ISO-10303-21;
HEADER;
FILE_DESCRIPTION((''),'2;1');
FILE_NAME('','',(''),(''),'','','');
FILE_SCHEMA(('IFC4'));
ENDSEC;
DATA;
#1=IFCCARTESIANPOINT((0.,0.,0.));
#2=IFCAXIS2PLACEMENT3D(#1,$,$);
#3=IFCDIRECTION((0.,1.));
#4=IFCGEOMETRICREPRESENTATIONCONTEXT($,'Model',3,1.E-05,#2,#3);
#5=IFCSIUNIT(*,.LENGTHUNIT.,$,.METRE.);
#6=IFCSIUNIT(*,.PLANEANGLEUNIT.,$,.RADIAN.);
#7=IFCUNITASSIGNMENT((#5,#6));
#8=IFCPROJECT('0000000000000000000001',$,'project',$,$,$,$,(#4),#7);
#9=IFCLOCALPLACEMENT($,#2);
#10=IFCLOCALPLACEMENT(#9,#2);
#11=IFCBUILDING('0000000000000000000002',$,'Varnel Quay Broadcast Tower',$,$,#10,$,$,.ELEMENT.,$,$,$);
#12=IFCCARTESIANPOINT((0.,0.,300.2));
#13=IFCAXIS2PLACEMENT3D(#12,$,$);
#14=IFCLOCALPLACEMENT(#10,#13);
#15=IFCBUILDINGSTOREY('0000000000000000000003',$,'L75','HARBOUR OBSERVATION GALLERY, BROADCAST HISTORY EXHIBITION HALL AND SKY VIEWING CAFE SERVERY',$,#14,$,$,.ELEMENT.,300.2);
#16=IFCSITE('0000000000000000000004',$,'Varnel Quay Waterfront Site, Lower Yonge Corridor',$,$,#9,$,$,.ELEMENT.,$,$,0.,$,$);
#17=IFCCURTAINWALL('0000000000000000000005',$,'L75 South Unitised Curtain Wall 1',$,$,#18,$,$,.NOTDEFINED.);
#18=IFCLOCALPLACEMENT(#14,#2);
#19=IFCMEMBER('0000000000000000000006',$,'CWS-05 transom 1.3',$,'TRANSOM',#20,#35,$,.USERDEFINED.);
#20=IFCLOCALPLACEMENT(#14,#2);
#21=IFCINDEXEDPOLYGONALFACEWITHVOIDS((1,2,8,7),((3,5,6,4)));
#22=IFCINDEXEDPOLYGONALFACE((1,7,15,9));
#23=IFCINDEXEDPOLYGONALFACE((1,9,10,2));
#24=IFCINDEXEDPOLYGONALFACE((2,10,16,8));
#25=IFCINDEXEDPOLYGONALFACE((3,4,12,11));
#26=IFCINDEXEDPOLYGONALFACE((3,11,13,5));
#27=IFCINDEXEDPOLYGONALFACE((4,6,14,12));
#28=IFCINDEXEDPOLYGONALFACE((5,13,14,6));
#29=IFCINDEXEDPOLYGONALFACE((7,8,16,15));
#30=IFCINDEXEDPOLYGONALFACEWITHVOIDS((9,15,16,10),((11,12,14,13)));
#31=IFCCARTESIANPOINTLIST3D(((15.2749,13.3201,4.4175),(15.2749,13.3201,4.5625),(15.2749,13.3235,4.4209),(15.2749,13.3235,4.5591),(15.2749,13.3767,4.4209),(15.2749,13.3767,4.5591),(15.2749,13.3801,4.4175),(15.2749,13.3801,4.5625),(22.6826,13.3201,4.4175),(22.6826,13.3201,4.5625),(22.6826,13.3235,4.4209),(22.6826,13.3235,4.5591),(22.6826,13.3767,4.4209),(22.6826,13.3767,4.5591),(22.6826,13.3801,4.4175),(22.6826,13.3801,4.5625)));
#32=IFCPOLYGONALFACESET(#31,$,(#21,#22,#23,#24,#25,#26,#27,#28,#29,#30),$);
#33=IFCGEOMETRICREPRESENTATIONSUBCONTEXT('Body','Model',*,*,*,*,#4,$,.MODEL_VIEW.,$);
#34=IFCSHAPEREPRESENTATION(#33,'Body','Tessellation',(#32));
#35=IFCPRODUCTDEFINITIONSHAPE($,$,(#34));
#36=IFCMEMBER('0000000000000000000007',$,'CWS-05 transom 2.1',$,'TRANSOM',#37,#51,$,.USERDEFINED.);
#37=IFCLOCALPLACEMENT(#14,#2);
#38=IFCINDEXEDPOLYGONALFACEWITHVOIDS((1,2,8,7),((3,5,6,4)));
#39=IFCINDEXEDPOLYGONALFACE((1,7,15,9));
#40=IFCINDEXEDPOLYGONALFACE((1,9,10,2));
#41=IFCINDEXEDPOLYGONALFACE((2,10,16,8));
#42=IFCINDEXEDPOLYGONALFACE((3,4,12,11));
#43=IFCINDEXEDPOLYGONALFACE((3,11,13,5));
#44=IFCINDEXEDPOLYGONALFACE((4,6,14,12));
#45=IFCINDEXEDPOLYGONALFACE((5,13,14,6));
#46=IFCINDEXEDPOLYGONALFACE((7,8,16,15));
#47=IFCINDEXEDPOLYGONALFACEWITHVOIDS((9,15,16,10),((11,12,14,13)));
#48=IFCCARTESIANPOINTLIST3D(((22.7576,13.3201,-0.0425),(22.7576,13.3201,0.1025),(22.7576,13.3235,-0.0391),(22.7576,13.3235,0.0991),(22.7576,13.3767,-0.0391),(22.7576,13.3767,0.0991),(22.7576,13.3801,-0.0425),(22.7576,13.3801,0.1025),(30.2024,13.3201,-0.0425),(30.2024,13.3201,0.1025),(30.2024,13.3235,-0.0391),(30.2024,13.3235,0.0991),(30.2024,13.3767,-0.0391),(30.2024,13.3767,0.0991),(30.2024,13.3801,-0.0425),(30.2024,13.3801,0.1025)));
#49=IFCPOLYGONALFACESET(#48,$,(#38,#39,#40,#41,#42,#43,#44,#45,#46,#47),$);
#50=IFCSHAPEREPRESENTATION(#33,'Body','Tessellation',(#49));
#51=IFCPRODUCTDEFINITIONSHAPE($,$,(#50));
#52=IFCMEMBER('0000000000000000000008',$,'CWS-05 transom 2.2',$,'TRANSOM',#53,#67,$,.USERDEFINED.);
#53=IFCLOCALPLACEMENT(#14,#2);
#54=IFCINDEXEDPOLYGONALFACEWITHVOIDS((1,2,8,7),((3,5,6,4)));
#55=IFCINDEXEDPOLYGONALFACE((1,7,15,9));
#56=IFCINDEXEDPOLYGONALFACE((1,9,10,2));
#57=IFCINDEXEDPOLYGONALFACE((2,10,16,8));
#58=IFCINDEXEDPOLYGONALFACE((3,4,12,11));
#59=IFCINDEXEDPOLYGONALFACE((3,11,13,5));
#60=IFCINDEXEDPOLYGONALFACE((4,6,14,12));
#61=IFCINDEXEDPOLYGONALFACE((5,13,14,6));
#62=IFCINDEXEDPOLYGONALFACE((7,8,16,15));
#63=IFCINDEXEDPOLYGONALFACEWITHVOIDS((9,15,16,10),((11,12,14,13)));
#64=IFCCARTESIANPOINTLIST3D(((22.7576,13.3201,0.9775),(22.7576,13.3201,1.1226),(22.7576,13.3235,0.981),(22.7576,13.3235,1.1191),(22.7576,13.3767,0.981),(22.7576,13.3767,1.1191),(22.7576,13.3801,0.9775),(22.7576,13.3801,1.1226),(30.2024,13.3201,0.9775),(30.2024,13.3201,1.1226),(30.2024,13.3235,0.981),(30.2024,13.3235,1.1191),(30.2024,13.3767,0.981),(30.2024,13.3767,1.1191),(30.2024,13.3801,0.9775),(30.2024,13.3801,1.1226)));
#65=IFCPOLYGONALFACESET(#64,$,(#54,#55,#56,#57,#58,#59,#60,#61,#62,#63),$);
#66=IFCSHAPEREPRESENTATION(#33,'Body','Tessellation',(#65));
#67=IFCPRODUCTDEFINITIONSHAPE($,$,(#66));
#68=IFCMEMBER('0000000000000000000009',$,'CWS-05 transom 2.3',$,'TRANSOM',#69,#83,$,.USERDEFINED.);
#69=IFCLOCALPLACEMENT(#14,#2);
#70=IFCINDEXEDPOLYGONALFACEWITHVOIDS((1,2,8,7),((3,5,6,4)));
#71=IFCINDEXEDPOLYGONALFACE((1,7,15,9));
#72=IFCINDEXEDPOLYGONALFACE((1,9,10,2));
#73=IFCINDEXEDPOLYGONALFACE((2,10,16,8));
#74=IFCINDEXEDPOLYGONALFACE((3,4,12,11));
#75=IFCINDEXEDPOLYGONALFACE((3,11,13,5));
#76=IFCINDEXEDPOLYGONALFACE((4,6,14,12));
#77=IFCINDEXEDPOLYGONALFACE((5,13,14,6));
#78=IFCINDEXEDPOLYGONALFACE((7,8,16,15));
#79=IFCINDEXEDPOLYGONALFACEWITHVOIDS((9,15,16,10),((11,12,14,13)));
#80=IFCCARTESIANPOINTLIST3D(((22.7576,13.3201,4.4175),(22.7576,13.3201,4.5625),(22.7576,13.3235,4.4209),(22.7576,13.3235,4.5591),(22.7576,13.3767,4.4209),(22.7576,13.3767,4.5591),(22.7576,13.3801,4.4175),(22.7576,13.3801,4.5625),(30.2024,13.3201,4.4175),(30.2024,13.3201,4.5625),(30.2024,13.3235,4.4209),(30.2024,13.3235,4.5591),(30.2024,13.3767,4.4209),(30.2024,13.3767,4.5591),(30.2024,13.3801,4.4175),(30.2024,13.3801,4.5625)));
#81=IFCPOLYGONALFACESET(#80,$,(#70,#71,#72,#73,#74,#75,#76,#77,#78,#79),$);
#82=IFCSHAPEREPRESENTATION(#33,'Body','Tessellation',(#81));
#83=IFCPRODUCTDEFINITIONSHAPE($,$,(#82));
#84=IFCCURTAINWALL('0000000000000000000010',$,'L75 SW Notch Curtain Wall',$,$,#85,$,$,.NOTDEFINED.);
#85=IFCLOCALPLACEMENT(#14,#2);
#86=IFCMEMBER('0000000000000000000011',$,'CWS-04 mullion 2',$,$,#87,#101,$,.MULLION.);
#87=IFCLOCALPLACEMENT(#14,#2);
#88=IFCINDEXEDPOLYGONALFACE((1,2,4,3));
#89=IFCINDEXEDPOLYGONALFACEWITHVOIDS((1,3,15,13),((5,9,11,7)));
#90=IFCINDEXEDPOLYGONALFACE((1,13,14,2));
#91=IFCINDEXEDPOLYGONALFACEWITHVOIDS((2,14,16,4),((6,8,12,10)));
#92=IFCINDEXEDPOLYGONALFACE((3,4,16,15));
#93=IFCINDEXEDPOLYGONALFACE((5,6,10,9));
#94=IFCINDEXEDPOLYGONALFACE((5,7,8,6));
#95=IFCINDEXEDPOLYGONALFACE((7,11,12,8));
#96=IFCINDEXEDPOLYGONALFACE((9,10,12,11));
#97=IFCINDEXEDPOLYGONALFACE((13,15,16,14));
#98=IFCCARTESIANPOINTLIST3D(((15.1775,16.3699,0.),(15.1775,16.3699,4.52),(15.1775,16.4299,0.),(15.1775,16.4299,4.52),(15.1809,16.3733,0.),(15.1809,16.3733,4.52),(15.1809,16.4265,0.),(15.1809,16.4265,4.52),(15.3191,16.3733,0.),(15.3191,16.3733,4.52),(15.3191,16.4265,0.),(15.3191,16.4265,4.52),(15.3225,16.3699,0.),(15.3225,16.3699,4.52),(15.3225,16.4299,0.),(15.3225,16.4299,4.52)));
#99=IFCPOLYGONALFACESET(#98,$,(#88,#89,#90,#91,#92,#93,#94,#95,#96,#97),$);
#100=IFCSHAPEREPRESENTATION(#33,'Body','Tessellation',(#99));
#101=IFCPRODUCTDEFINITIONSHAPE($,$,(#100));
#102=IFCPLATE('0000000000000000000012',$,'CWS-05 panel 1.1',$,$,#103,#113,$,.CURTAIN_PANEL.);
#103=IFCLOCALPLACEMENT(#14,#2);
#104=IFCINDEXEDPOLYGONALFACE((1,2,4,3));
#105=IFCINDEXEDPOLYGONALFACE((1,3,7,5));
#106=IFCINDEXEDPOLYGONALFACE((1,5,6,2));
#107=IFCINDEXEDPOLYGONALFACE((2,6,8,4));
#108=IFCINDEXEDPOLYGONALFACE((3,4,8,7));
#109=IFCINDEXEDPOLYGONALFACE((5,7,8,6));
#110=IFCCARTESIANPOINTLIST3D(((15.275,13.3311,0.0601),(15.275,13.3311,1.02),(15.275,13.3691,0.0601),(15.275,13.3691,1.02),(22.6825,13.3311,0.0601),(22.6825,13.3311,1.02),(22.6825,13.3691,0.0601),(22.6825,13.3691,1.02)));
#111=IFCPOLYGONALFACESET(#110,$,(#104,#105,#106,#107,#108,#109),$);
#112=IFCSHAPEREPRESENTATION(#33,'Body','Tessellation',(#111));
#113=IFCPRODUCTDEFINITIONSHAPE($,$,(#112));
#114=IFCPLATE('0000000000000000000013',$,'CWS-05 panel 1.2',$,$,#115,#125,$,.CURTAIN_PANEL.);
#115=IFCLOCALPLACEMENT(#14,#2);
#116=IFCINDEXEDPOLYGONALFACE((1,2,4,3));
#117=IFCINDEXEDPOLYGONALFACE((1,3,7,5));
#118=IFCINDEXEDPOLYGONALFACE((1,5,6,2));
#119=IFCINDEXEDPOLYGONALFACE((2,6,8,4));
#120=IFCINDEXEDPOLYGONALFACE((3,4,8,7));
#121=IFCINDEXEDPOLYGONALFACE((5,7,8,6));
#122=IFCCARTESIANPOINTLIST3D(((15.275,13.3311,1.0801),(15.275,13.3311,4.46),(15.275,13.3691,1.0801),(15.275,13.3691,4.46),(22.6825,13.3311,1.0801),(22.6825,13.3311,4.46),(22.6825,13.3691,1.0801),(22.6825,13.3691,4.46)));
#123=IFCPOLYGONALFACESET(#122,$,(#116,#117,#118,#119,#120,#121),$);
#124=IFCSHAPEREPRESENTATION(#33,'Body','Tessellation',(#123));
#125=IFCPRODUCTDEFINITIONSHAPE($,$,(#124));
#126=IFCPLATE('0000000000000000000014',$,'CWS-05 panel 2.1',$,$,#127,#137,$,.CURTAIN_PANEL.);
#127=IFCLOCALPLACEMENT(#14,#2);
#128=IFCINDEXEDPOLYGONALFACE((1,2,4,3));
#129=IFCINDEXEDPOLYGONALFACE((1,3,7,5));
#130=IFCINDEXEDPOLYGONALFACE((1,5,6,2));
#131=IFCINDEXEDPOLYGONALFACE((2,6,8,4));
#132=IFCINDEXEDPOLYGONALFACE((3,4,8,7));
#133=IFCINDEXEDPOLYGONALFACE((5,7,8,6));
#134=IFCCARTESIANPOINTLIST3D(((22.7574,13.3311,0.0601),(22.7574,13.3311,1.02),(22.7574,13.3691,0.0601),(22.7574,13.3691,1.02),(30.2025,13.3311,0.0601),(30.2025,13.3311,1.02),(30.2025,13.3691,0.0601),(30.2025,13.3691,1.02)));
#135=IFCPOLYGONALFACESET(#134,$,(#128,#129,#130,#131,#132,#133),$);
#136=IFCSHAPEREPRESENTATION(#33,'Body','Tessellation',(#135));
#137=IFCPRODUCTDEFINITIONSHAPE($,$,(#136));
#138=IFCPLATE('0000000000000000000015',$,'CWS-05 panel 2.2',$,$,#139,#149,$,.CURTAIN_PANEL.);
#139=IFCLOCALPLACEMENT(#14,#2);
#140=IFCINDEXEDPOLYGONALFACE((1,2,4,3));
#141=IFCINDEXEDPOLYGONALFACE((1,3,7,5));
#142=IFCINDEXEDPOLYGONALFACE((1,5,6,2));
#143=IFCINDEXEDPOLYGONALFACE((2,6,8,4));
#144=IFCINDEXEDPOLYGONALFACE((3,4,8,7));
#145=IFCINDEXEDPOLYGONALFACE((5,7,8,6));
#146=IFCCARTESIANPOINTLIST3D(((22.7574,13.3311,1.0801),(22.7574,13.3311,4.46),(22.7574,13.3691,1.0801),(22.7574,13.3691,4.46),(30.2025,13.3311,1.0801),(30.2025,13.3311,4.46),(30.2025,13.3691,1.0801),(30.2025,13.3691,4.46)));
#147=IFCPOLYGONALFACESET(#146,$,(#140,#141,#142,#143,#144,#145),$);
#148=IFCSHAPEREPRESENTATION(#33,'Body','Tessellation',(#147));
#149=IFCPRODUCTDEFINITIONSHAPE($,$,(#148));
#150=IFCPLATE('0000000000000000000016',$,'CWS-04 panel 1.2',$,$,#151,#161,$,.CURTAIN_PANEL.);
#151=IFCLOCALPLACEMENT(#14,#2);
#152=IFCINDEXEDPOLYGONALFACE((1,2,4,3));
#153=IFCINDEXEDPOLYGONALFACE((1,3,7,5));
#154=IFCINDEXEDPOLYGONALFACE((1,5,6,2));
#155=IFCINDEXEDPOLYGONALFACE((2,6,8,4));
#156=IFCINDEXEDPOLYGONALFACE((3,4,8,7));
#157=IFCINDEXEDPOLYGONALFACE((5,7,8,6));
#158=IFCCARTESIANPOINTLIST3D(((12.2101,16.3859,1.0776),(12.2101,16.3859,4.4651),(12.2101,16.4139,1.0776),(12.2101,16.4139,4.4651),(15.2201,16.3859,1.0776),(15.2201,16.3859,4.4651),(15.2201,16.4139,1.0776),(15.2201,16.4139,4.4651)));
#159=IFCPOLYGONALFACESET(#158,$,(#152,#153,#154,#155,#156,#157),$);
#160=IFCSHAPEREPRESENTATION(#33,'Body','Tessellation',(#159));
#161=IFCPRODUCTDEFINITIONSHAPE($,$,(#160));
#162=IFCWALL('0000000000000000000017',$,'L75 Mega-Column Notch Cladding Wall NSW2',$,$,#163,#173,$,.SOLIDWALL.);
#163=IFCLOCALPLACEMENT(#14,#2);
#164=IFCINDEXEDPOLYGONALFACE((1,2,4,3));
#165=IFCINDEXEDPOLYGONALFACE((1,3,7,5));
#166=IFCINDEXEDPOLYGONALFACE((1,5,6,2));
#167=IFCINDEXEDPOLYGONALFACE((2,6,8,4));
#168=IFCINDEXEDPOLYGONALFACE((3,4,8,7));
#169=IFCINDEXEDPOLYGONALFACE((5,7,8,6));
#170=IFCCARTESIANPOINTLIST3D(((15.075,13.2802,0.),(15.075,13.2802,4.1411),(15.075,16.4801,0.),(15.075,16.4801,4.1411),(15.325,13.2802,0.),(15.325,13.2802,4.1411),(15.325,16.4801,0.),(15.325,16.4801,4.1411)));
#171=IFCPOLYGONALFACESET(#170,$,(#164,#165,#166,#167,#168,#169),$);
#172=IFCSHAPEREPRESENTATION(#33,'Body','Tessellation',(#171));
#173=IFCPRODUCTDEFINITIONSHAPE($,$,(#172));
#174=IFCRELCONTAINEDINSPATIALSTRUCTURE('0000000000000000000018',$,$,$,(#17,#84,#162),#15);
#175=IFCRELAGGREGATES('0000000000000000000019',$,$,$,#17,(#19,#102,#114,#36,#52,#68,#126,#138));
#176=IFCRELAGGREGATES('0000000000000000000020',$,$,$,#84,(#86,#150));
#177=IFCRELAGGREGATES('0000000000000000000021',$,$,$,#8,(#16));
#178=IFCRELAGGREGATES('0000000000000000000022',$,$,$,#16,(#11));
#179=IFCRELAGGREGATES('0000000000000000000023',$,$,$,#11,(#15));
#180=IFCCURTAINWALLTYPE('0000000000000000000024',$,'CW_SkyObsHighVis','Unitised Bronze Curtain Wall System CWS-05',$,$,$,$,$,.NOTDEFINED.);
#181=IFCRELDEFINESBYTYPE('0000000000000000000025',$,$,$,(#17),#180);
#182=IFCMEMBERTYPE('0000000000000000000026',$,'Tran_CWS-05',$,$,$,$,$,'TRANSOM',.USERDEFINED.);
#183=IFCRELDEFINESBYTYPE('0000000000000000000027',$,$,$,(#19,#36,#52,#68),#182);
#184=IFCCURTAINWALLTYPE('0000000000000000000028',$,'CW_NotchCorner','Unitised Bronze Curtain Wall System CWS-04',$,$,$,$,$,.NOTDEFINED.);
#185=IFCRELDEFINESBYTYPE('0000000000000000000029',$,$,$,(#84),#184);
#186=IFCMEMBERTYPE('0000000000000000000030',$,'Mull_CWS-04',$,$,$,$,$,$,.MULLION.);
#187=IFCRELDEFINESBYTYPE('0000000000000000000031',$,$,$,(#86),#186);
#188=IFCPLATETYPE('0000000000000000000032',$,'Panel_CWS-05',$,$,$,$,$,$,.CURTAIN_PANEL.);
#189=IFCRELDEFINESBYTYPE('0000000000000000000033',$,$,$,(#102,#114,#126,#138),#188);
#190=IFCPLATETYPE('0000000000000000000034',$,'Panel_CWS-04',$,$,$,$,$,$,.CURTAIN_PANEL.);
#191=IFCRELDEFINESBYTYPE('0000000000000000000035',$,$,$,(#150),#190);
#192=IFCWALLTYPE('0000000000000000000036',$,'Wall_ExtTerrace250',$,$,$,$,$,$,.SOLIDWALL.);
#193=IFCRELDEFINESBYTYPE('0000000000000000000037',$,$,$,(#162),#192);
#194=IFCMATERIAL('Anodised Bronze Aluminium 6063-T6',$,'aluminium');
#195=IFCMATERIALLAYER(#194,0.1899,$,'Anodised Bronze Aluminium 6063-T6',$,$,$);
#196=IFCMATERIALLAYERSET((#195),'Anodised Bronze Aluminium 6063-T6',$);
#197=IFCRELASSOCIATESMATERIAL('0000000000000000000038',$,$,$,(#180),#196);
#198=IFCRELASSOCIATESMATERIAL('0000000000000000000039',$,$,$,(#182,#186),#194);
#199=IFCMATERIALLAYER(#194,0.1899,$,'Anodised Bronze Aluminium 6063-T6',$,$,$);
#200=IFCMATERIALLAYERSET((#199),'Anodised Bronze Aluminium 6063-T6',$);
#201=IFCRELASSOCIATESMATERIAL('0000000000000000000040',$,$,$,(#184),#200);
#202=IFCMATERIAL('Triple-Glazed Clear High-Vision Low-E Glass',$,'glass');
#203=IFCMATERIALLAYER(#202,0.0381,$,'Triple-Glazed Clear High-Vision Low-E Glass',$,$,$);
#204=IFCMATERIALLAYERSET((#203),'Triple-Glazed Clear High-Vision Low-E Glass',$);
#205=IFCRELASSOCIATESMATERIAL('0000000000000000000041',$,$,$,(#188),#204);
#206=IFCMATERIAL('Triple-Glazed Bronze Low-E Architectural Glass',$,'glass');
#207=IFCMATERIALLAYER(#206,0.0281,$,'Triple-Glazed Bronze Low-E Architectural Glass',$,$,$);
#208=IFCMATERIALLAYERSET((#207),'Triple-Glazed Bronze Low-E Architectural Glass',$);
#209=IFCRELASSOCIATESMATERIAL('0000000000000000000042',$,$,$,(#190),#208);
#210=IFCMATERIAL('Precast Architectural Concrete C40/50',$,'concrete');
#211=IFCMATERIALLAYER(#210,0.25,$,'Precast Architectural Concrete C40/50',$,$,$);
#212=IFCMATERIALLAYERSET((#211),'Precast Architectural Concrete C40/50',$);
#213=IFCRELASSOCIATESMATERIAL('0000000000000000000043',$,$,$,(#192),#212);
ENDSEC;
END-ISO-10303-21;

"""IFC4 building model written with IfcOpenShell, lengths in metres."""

from ifc_helpers import new_model, si_unit, direction, frame, frame_2d, origin, origin_2d, place, context, subcontext, project, spatial, rectangle, hollow_rectangle, extrude, source, transform, mapped, material, layer, layer_set, material_profile, profile_set, type_object, type_shapes, element, aggregate, save


model = new_model("IFC4")

# Units and contexts
model_context = context("Model", 3, precision=1e-05, world=origin(), true_north=direction((0.0, 1.0)))
body_context = subcontext(model_context, "Body", "Model", "MODEL_VIEW")
ifc_project = project(units=[si_unit("LENGTHUNIT", "METRE"), si_unit("PLANEANGLEUNIT", "RADIAN")], contexts=[model_context])

# Site, building, storey
site_placement = place(None, origin())
site = spatial("IfcSite", under=ifc_project, at=site_placement, Name="Varnel Quay Waterfront Site, Lower Yonge Corridor", CompositionType="ELEMENT", RefElevation=0.0)
building_placement = place(site_placement, origin())
building = spatial("IfcBuilding", under=site, at=building_placement, Name="Varnel Quay Broadcast Tower", CompositionType="ELEMENT")
storey_placement = place(building_placement, frame((0.0, 0.0, 300.2)))
storey = spatial("IfcBuildingStorey", under=building, at=storey_placement, Name="L75", Description="HARBOUR OBSERVATION GALLERY, BROADCAST HISTORY EXHIBITION HALL AND SKY VIEWING CAFE SERVERY", CompositionType="ELEMENT", Elevation=300.2)

# Curtain wall, members
ifc_material_1 = material(Name="Anodised Bronze Aluminium 6063-T6", Category="aluminium")
ifc_layer_1 = layer(ifc_material_1, 0.1899, Name="Anodised Bronze Aluminium 6063-T6")
ifc_layer_set_1 = layer_set([ifc_layer_1], Name="Anodised Bronze Aluminium 6063-T6")
curtain_wall_type_1 = type_object("IfcCurtainWallType", Name="CW_SkyObsHighVis", Description="Unitised Bronze Curtain Wall System CWS-05", PredefinedType="NOTDEFINED", material=ifc_layer_set_1)
curtain_wall_1_placement = place(storey_placement, origin())
curtain_wall_1 = element("IfcCurtainWall", 1, at=curtain_wall_1_placement, inside=storey, type_object=curtain_wall_type_1, Name="L75 South Unitised Curtain Wall 1", PredefinedType="NOTDEFINED")
ifc_material_profile_1 = material_profile(ifc_material_1, hollow_rectangle(XDim=0.0601, YDim=0.145, WallThickness=0.0034, at=origin_2d()), Name="ALU60X145X3.5")
ifc_profile_set_1 = profile_set([ifc_material_profile_1], Name="Anodised Bronze Aluminium 6063-T6")
member_type_1 = type_object("IfcMemberType", Name="Tran_CWS-05", ElementType="TRANSOM", PredefinedType="USERDEFINED", material=ifc_profile_set_1)
shared_shape_1 = source(origin(), body_context, "Body", "SweptSolid", [
    extrude(hollow_rectangle(XDim=0.0601, YDim=0.145, WallThickness=0.0034, at=origin_2d()), origin(), (0.0, 0.0, 1.0), 7.4077),
])
member_1_placement = place(storey_placement, frame((15.2749, 13.3501, 4.49), z_axis=(1.0, 0.0, 0.0), x_axis=(0.0, 1.0, 0.0)))
member_1 = element("IfcMember", 2, at=member_1_placement, type_object=member_type_1, Name="CWS-05 transom 1.3", ObjectType="TRANSOM", PredefinedType="USERDEFINED", context=body_context, shape_type="MappedRepresentation", body=[
    mapped(shared_shape_1, transform((0.0, 0.0, 0.0), x_axis=(1.0, 0.0, 0.0), y_axis=(0.0, 1.0, 0.0), z_axis=(0.0, 0.0, 1.0), scale=1.0)),
])
shared_shape_2 = source(origin(), body_context, "Body", "SweptSolid", [
    extrude(hollow_rectangle(XDim=0.0601, YDim=0.145, WallThickness=0.0034, at=origin_2d()), origin(), (0.0, 0.0, 1.0), 7.4448),
])
type_shapes(member_type_1, [shared_shape_1, shared_shape_2])
member_2_placement = place(storey_placement, frame((22.7576, 13.3501, 0.03), z_axis=(1.0, 0.0, 0.0), x_axis=(0.0, 1.0, 0.0)))
member_2 = element("IfcMember", 3, at=member_2_placement, type_object=member_type_1, Name="CWS-05 transom 2.1", ObjectType="TRANSOM", PredefinedType="USERDEFINED", context=body_context, shape_type="MappedRepresentation", body=[
    mapped(shared_shape_2, transform((0.0, 0.0, 0.0), x_axis=(1.0, 0.0, 0.0), y_axis=(0.0, 1.0, 0.0), z_axis=(0.0, 0.0, 1.0), scale=1.0)),
])
member_3_placement = place(storey_placement, frame((22.7576, 13.3501, 1.05), z_axis=(1.0, 0.0, 0.0), x_axis=(0.0, 1.0, 0.0)))
member_3 = element("IfcMember", 4, at=member_3_placement, type_object=member_type_1, Name="CWS-05 transom 2.2", ObjectType="TRANSOM", PredefinedType="USERDEFINED", context=body_context, shape_type="MappedRepresentation", body=[
    mapped(shared_shape_2, transform((0.0, 0.0, 0.0), x_axis=(1.0, 0.0, 0.0), y_axis=(0.0, 1.0, 0.0), z_axis=(0.0, 0.0, 1.0), scale=1.0)),
])
member_4_placement = place(storey_placement, frame((22.7576, 13.3501, 4.49), z_axis=(1.0, 0.0, 0.0), x_axis=(0.0, 1.0, 0.0)))
member_4 = element("IfcMember", 5, at=member_4_placement, type_object=member_type_1, Name="CWS-05 transom 2.3", ObjectType="TRANSOM", PredefinedType="USERDEFINED", context=body_context, shape_type="MappedRepresentation", body=[
    mapped(shared_shape_2, transform((0.0, 0.0, 0.0), x_axis=(1.0, 0.0, 0.0), y_axis=(0.0, 1.0, 0.0), z_axis=(0.0, 0.0, 1.0), scale=1.0)),
])

# Curtain wall, member
ifc_layer_2 = layer(ifc_material_1, 0.1899, Name="Anodised Bronze Aluminium 6063-T6")
ifc_layer_set_2 = layer_set([ifc_layer_2], Name="Anodised Bronze Aluminium 6063-T6")
curtain_wall_type_2 = type_object("IfcCurtainWallType", Name="CW_NotchCorner", Description="Unitised Bronze Curtain Wall System CWS-04", PredefinedType="NOTDEFINED", material=ifc_layer_set_2)
curtain_wall_2_placement = place(storey_placement, origin())
curtain_wall_2 = element("IfcCurtainWall", 6, at=curtain_wall_2_placement, inside=storey, type_object=curtain_wall_type_2, Name="L75 SW Notch Curtain Wall", PredefinedType="NOTDEFINED")
ifc_material_profile_2 = material_profile(ifc_material_1, hollow_rectangle(XDim=0.0601, YDim=0.145, WallThickness=0.0034, at=origin_2d()), Name="ALU60X145X3.5")
ifc_profile_set_2 = profile_set([ifc_material_profile_2], Name="Anodised Bronze Aluminium 6063-T6")
member_type_2 = type_object("IfcMemberType", Name="Mull_CWS-04", PredefinedType="MULLION", material=ifc_profile_set_2)
shared_shape_3 = source(origin(), body_context, "Body", "SweptSolid", [
    extrude(hollow_rectangle(XDim=0.0601, YDim=0.145, WallThickness=0.0034, at=origin_2d()), origin(), (0.0, 0.0, 1.0), 4.52),
])
type_shapes(member_type_2, [shared_shape_3])
member_5_placement = place(storey_placement, frame((15.25, 16.3999, 0.0), z_axis=(0.0, 0.0, 1.0), x_axis=(0.0, 1.0, 0.0)))
member_5 = element("IfcMember", 7, at=member_5_placement, type_object=member_type_2, Name="CWS-04 mullion 2", PredefinedType="MULLION", context=body_context, shape_type="MappedRepresentation", body=[
    mapped(shared_shape_3, transform((0.0, 0.0, 0.0), x_axis=(1.0, 0.0, 0.0), y_axis=(0.0, 1.0, 0.0), z_axis=(0.0, 0.0, 1.0), scale=1.0)),
])

# Plates
ifc_material_2 = material(Name="Triple-Glazed Clear High-Vision Low-E Glass", Category="glass")
ifc_layer_3 = layer(ifc_material_2, 0.0381, Name="Triple-Glazed Clear High-Vision Low-E Glass")
ifc_layer_set_3 = layer_set([ifc_layer_3], Name="Triple-Glazed Clear High-Vision Low-E Glass")
plate_type_1 = type_object("IfcPlateType", Name="Panel_CWS-05", PredefinedType="CURTAIN_PANEL", material=ifc_layer_set_3)
shared_shape_4 = source(origin(), body_context, "Body", "SweptSolid", [
    extrude(rectangle(XDim=7.4075, YDim=0.0381, at=origin_2d()), origin(), (0.0, 0.0, 1.0), 0.96),
])
plate_1_placement = place(storey_placement, frame((18.9788, 13.3501, 0.0601), z_axis=(0.0, 0.0, 1.0), x_axis=(1.0, 0.0, 0.0)))
plate_1 = element("IfcPlate", 8, at=plate_1_placement, type_object=plate_type_1, Name="CWS-05 panel 1.1", PredefinedType="CURTAIN_PANEL", context=body_context, shape_type="MappedRepresentation", body=[
    mapped(shared_shape_4, transform((0.0, 0.0, 0.0), x_axis=(1.0, 0.0, 0.0), y_axis=(0.0, 1.0, 0.0), z_axis=(0.0, 0.0, 1.0), scale=1.0)),
])
shared_shape_5 = source(origin(), body_context, "Body", "SweptSolid", [
    extrude(rectangle(XDim=7.4075, YDim=0.0381, at=origin_2d()), origin(), (0.0, 0.0, 1.0), 3.3799),
])
plate_2_placement = place(storey_placement, frame((18.9788, 13.3501, 1.0801), z_axis=(0.0, 0.0, 1.0), x_axis=(1.0, 0.0, 0.0)))
plate_2 = element("IfcPlate", 9, at=plate_2_placement, type_object=plate_type_1, Name="CWS-05 panel 1.2", PredefinedType="CURTAIN_PANEL", context=body_context, shape_type="MappedRepresentation", body=[
    mapped(shared_shape_5, transform((0.0, 0.0, 0.0), x_axis=(1.0, 0.0, 0.0), y_axis=(0.0, 1.0, 0.0), z_axis=(0.0, 0.0, 1.0), scale=1.0)),
])
shared_shape_6 = source(origin(), body_context, "Body", "SweptSolid", [
    extrude(rectangle(XDim=7.4451, YDim=0.0381, at=origin_2d()), origin(), (0.0, 0.0, 1.0), 0.96),
])
plate_3_placement = place(storey_placement, frame((26.48, 13.3501, 0.0601), z_axis=(0.0, 0.0, 1.0), x_axis=(1.0, 0.0, 0.0)))
plate_3 = element("IfcPlate", 10, at=plate_3_placement, type_object=plate_type_1, Name="CWS-05 panel 2.1", PredefinedType="CURTAIN_PANEL", context=body_context, shape_type="MappedRepresentation", body=[
    mapped(shared_shape_6, transform((0.0, 0.0, 0.0), x_axis=(1.0, 0.0, 0.0), y_axis=(0.0, 1.0, 0.0), z_axis=(0.0, 0.0, 1.0), scale=1.0)),
])
shared_shape_7 = source(origin(), body_context, "Body", "SweptSolid", [
    extrude(rectangle(XDim=7.4451, YDim=0.0381, at=origin_2d()), origin(), (0.0, 0.0, 1.0), 3.3799),
])
type_shapes(plate_type_1, [shared_shape_4, shared_shape_5, shared_shape_6, shared_shape_7])
plate_4_placement = place(storey_placement, frame((26.48, 13.3501, 1.0801), z_axis=(0.0, 0.0, 1.0), x_axis=(1.0, 0.0, 0.0)))
plate_4 = element("IfcPlate", 11, at=plate_4_placement, type_object=plate_type_1, Name="CWS-05 panel 2.2", PredefinedType="CURTAIN_PANEL", context=body_context, shape_type="MappedRepresentation", body=[
    mapped(shared_shape_7, transform((0.0, 0.0, 0.0), x_axis=(1.0, 0.0, 0.0), y_axis=(0.0, 1.0, 0.0), z_axis=(0.0, 0.0, 1.0), scale=1.0)),
])
aggregate(curtain_wall_1, [member_1, plate_1, plate_2, member_2, member_3, member_4, plate_3, plate_4])
ifc_material_3 = material(Name="Triple-Glazed Bronze Low-E Architectural Glass", Category="glass")
ifc_layer_4 = layer(ifc_material_3, 0.0281, Name="Triple-Glazed Bronze Low-E Architectural Glass")
ifc_layer_set_4 = layer_set([ifc_layer_4], Name="Triple-Glazed Bronze Low-E Architectural Glass")
plate_type_2 = type_object("IfcPlateType", Name="Panel_CWS-04", PredefinedType="CURTAIN_PANEL", material=ifc_layer_set_4)
shared_shape_8 = source(origin(), body_context, "Body", "SweptSolid", [
    extrude(rectangle(XDim=3.01, YDim=0.0281, at=origin_2d()), origin(), (0.0, 0.0, 1.0), 3.3875),
])
type_shapes(plate_type_2, [shared_shape_8])
plate_5_placement = place(storey_placement, frame((13.7151, 16.3999, 1.0776), z_axis=(0.0, 0.0, 1.0), x_axis=(1.0, 0.0, 0.0)))
plate_5 = element("IfcPlate", 12, at=plate_5_placement, type_object=plate_type_2, Name="CWS-04 panel 1.2", PredefinedType="CURTAIN_PANEL", context=body_context, shape_type="MappedRepresentation", body=[
    mapped(shared_shape_8, transform((0.0, 0.0, 0.0), x_axis=(1.0, 0.0, 0.0), y_axis=(0.0, 1.0, 0.0), z_axis=(0.0, 0.0, 1.0), scale=1.0)),
])
aggregate(curtain_wall_2, [member_5, plate_5])

# Wall
ifc_material_4 = material(Name="Precast Architectural Concrete C40/50", Category="concrete")
ifc_layer_5 = layer(ifc_material_4, 0.25, Name="Precast Architectural Concrete C40/50")
ifc_layer_set_5 = layer_set([ifc_layer_5], Name="Precast Architectural Concrete C40/50")
wall_type_1 = type_object("IfcWallType", Name="Wall_ExtTerrace250", PredefinedType="SOLIDWALL", material=ifc_layer_set_5)
wall_1_placement = place(storey_placement, frame((15.2, 13.28, 0.0), z_axis=(0.0, 0.0, 1.0), x_axis=(0.0, 1.0, 0.0)))
element("IfcWall", 13, at=wall_1_placement, inside=storey, type_object=wall_type_1, Name="L75 Mega-Column Notch Cladding Wall NSW2", PredefinedType="SOLIDWALL", context=body_context, shape_type="SweptSolid", body=[
    extrude(rectangle(XDim=3.2, YDim=0.25, at=frame_2d((1.6001, 0.0))), origin(), (0.0, 0.0, 1.0), 4.1411),
])

save(model, "model.ifc")
